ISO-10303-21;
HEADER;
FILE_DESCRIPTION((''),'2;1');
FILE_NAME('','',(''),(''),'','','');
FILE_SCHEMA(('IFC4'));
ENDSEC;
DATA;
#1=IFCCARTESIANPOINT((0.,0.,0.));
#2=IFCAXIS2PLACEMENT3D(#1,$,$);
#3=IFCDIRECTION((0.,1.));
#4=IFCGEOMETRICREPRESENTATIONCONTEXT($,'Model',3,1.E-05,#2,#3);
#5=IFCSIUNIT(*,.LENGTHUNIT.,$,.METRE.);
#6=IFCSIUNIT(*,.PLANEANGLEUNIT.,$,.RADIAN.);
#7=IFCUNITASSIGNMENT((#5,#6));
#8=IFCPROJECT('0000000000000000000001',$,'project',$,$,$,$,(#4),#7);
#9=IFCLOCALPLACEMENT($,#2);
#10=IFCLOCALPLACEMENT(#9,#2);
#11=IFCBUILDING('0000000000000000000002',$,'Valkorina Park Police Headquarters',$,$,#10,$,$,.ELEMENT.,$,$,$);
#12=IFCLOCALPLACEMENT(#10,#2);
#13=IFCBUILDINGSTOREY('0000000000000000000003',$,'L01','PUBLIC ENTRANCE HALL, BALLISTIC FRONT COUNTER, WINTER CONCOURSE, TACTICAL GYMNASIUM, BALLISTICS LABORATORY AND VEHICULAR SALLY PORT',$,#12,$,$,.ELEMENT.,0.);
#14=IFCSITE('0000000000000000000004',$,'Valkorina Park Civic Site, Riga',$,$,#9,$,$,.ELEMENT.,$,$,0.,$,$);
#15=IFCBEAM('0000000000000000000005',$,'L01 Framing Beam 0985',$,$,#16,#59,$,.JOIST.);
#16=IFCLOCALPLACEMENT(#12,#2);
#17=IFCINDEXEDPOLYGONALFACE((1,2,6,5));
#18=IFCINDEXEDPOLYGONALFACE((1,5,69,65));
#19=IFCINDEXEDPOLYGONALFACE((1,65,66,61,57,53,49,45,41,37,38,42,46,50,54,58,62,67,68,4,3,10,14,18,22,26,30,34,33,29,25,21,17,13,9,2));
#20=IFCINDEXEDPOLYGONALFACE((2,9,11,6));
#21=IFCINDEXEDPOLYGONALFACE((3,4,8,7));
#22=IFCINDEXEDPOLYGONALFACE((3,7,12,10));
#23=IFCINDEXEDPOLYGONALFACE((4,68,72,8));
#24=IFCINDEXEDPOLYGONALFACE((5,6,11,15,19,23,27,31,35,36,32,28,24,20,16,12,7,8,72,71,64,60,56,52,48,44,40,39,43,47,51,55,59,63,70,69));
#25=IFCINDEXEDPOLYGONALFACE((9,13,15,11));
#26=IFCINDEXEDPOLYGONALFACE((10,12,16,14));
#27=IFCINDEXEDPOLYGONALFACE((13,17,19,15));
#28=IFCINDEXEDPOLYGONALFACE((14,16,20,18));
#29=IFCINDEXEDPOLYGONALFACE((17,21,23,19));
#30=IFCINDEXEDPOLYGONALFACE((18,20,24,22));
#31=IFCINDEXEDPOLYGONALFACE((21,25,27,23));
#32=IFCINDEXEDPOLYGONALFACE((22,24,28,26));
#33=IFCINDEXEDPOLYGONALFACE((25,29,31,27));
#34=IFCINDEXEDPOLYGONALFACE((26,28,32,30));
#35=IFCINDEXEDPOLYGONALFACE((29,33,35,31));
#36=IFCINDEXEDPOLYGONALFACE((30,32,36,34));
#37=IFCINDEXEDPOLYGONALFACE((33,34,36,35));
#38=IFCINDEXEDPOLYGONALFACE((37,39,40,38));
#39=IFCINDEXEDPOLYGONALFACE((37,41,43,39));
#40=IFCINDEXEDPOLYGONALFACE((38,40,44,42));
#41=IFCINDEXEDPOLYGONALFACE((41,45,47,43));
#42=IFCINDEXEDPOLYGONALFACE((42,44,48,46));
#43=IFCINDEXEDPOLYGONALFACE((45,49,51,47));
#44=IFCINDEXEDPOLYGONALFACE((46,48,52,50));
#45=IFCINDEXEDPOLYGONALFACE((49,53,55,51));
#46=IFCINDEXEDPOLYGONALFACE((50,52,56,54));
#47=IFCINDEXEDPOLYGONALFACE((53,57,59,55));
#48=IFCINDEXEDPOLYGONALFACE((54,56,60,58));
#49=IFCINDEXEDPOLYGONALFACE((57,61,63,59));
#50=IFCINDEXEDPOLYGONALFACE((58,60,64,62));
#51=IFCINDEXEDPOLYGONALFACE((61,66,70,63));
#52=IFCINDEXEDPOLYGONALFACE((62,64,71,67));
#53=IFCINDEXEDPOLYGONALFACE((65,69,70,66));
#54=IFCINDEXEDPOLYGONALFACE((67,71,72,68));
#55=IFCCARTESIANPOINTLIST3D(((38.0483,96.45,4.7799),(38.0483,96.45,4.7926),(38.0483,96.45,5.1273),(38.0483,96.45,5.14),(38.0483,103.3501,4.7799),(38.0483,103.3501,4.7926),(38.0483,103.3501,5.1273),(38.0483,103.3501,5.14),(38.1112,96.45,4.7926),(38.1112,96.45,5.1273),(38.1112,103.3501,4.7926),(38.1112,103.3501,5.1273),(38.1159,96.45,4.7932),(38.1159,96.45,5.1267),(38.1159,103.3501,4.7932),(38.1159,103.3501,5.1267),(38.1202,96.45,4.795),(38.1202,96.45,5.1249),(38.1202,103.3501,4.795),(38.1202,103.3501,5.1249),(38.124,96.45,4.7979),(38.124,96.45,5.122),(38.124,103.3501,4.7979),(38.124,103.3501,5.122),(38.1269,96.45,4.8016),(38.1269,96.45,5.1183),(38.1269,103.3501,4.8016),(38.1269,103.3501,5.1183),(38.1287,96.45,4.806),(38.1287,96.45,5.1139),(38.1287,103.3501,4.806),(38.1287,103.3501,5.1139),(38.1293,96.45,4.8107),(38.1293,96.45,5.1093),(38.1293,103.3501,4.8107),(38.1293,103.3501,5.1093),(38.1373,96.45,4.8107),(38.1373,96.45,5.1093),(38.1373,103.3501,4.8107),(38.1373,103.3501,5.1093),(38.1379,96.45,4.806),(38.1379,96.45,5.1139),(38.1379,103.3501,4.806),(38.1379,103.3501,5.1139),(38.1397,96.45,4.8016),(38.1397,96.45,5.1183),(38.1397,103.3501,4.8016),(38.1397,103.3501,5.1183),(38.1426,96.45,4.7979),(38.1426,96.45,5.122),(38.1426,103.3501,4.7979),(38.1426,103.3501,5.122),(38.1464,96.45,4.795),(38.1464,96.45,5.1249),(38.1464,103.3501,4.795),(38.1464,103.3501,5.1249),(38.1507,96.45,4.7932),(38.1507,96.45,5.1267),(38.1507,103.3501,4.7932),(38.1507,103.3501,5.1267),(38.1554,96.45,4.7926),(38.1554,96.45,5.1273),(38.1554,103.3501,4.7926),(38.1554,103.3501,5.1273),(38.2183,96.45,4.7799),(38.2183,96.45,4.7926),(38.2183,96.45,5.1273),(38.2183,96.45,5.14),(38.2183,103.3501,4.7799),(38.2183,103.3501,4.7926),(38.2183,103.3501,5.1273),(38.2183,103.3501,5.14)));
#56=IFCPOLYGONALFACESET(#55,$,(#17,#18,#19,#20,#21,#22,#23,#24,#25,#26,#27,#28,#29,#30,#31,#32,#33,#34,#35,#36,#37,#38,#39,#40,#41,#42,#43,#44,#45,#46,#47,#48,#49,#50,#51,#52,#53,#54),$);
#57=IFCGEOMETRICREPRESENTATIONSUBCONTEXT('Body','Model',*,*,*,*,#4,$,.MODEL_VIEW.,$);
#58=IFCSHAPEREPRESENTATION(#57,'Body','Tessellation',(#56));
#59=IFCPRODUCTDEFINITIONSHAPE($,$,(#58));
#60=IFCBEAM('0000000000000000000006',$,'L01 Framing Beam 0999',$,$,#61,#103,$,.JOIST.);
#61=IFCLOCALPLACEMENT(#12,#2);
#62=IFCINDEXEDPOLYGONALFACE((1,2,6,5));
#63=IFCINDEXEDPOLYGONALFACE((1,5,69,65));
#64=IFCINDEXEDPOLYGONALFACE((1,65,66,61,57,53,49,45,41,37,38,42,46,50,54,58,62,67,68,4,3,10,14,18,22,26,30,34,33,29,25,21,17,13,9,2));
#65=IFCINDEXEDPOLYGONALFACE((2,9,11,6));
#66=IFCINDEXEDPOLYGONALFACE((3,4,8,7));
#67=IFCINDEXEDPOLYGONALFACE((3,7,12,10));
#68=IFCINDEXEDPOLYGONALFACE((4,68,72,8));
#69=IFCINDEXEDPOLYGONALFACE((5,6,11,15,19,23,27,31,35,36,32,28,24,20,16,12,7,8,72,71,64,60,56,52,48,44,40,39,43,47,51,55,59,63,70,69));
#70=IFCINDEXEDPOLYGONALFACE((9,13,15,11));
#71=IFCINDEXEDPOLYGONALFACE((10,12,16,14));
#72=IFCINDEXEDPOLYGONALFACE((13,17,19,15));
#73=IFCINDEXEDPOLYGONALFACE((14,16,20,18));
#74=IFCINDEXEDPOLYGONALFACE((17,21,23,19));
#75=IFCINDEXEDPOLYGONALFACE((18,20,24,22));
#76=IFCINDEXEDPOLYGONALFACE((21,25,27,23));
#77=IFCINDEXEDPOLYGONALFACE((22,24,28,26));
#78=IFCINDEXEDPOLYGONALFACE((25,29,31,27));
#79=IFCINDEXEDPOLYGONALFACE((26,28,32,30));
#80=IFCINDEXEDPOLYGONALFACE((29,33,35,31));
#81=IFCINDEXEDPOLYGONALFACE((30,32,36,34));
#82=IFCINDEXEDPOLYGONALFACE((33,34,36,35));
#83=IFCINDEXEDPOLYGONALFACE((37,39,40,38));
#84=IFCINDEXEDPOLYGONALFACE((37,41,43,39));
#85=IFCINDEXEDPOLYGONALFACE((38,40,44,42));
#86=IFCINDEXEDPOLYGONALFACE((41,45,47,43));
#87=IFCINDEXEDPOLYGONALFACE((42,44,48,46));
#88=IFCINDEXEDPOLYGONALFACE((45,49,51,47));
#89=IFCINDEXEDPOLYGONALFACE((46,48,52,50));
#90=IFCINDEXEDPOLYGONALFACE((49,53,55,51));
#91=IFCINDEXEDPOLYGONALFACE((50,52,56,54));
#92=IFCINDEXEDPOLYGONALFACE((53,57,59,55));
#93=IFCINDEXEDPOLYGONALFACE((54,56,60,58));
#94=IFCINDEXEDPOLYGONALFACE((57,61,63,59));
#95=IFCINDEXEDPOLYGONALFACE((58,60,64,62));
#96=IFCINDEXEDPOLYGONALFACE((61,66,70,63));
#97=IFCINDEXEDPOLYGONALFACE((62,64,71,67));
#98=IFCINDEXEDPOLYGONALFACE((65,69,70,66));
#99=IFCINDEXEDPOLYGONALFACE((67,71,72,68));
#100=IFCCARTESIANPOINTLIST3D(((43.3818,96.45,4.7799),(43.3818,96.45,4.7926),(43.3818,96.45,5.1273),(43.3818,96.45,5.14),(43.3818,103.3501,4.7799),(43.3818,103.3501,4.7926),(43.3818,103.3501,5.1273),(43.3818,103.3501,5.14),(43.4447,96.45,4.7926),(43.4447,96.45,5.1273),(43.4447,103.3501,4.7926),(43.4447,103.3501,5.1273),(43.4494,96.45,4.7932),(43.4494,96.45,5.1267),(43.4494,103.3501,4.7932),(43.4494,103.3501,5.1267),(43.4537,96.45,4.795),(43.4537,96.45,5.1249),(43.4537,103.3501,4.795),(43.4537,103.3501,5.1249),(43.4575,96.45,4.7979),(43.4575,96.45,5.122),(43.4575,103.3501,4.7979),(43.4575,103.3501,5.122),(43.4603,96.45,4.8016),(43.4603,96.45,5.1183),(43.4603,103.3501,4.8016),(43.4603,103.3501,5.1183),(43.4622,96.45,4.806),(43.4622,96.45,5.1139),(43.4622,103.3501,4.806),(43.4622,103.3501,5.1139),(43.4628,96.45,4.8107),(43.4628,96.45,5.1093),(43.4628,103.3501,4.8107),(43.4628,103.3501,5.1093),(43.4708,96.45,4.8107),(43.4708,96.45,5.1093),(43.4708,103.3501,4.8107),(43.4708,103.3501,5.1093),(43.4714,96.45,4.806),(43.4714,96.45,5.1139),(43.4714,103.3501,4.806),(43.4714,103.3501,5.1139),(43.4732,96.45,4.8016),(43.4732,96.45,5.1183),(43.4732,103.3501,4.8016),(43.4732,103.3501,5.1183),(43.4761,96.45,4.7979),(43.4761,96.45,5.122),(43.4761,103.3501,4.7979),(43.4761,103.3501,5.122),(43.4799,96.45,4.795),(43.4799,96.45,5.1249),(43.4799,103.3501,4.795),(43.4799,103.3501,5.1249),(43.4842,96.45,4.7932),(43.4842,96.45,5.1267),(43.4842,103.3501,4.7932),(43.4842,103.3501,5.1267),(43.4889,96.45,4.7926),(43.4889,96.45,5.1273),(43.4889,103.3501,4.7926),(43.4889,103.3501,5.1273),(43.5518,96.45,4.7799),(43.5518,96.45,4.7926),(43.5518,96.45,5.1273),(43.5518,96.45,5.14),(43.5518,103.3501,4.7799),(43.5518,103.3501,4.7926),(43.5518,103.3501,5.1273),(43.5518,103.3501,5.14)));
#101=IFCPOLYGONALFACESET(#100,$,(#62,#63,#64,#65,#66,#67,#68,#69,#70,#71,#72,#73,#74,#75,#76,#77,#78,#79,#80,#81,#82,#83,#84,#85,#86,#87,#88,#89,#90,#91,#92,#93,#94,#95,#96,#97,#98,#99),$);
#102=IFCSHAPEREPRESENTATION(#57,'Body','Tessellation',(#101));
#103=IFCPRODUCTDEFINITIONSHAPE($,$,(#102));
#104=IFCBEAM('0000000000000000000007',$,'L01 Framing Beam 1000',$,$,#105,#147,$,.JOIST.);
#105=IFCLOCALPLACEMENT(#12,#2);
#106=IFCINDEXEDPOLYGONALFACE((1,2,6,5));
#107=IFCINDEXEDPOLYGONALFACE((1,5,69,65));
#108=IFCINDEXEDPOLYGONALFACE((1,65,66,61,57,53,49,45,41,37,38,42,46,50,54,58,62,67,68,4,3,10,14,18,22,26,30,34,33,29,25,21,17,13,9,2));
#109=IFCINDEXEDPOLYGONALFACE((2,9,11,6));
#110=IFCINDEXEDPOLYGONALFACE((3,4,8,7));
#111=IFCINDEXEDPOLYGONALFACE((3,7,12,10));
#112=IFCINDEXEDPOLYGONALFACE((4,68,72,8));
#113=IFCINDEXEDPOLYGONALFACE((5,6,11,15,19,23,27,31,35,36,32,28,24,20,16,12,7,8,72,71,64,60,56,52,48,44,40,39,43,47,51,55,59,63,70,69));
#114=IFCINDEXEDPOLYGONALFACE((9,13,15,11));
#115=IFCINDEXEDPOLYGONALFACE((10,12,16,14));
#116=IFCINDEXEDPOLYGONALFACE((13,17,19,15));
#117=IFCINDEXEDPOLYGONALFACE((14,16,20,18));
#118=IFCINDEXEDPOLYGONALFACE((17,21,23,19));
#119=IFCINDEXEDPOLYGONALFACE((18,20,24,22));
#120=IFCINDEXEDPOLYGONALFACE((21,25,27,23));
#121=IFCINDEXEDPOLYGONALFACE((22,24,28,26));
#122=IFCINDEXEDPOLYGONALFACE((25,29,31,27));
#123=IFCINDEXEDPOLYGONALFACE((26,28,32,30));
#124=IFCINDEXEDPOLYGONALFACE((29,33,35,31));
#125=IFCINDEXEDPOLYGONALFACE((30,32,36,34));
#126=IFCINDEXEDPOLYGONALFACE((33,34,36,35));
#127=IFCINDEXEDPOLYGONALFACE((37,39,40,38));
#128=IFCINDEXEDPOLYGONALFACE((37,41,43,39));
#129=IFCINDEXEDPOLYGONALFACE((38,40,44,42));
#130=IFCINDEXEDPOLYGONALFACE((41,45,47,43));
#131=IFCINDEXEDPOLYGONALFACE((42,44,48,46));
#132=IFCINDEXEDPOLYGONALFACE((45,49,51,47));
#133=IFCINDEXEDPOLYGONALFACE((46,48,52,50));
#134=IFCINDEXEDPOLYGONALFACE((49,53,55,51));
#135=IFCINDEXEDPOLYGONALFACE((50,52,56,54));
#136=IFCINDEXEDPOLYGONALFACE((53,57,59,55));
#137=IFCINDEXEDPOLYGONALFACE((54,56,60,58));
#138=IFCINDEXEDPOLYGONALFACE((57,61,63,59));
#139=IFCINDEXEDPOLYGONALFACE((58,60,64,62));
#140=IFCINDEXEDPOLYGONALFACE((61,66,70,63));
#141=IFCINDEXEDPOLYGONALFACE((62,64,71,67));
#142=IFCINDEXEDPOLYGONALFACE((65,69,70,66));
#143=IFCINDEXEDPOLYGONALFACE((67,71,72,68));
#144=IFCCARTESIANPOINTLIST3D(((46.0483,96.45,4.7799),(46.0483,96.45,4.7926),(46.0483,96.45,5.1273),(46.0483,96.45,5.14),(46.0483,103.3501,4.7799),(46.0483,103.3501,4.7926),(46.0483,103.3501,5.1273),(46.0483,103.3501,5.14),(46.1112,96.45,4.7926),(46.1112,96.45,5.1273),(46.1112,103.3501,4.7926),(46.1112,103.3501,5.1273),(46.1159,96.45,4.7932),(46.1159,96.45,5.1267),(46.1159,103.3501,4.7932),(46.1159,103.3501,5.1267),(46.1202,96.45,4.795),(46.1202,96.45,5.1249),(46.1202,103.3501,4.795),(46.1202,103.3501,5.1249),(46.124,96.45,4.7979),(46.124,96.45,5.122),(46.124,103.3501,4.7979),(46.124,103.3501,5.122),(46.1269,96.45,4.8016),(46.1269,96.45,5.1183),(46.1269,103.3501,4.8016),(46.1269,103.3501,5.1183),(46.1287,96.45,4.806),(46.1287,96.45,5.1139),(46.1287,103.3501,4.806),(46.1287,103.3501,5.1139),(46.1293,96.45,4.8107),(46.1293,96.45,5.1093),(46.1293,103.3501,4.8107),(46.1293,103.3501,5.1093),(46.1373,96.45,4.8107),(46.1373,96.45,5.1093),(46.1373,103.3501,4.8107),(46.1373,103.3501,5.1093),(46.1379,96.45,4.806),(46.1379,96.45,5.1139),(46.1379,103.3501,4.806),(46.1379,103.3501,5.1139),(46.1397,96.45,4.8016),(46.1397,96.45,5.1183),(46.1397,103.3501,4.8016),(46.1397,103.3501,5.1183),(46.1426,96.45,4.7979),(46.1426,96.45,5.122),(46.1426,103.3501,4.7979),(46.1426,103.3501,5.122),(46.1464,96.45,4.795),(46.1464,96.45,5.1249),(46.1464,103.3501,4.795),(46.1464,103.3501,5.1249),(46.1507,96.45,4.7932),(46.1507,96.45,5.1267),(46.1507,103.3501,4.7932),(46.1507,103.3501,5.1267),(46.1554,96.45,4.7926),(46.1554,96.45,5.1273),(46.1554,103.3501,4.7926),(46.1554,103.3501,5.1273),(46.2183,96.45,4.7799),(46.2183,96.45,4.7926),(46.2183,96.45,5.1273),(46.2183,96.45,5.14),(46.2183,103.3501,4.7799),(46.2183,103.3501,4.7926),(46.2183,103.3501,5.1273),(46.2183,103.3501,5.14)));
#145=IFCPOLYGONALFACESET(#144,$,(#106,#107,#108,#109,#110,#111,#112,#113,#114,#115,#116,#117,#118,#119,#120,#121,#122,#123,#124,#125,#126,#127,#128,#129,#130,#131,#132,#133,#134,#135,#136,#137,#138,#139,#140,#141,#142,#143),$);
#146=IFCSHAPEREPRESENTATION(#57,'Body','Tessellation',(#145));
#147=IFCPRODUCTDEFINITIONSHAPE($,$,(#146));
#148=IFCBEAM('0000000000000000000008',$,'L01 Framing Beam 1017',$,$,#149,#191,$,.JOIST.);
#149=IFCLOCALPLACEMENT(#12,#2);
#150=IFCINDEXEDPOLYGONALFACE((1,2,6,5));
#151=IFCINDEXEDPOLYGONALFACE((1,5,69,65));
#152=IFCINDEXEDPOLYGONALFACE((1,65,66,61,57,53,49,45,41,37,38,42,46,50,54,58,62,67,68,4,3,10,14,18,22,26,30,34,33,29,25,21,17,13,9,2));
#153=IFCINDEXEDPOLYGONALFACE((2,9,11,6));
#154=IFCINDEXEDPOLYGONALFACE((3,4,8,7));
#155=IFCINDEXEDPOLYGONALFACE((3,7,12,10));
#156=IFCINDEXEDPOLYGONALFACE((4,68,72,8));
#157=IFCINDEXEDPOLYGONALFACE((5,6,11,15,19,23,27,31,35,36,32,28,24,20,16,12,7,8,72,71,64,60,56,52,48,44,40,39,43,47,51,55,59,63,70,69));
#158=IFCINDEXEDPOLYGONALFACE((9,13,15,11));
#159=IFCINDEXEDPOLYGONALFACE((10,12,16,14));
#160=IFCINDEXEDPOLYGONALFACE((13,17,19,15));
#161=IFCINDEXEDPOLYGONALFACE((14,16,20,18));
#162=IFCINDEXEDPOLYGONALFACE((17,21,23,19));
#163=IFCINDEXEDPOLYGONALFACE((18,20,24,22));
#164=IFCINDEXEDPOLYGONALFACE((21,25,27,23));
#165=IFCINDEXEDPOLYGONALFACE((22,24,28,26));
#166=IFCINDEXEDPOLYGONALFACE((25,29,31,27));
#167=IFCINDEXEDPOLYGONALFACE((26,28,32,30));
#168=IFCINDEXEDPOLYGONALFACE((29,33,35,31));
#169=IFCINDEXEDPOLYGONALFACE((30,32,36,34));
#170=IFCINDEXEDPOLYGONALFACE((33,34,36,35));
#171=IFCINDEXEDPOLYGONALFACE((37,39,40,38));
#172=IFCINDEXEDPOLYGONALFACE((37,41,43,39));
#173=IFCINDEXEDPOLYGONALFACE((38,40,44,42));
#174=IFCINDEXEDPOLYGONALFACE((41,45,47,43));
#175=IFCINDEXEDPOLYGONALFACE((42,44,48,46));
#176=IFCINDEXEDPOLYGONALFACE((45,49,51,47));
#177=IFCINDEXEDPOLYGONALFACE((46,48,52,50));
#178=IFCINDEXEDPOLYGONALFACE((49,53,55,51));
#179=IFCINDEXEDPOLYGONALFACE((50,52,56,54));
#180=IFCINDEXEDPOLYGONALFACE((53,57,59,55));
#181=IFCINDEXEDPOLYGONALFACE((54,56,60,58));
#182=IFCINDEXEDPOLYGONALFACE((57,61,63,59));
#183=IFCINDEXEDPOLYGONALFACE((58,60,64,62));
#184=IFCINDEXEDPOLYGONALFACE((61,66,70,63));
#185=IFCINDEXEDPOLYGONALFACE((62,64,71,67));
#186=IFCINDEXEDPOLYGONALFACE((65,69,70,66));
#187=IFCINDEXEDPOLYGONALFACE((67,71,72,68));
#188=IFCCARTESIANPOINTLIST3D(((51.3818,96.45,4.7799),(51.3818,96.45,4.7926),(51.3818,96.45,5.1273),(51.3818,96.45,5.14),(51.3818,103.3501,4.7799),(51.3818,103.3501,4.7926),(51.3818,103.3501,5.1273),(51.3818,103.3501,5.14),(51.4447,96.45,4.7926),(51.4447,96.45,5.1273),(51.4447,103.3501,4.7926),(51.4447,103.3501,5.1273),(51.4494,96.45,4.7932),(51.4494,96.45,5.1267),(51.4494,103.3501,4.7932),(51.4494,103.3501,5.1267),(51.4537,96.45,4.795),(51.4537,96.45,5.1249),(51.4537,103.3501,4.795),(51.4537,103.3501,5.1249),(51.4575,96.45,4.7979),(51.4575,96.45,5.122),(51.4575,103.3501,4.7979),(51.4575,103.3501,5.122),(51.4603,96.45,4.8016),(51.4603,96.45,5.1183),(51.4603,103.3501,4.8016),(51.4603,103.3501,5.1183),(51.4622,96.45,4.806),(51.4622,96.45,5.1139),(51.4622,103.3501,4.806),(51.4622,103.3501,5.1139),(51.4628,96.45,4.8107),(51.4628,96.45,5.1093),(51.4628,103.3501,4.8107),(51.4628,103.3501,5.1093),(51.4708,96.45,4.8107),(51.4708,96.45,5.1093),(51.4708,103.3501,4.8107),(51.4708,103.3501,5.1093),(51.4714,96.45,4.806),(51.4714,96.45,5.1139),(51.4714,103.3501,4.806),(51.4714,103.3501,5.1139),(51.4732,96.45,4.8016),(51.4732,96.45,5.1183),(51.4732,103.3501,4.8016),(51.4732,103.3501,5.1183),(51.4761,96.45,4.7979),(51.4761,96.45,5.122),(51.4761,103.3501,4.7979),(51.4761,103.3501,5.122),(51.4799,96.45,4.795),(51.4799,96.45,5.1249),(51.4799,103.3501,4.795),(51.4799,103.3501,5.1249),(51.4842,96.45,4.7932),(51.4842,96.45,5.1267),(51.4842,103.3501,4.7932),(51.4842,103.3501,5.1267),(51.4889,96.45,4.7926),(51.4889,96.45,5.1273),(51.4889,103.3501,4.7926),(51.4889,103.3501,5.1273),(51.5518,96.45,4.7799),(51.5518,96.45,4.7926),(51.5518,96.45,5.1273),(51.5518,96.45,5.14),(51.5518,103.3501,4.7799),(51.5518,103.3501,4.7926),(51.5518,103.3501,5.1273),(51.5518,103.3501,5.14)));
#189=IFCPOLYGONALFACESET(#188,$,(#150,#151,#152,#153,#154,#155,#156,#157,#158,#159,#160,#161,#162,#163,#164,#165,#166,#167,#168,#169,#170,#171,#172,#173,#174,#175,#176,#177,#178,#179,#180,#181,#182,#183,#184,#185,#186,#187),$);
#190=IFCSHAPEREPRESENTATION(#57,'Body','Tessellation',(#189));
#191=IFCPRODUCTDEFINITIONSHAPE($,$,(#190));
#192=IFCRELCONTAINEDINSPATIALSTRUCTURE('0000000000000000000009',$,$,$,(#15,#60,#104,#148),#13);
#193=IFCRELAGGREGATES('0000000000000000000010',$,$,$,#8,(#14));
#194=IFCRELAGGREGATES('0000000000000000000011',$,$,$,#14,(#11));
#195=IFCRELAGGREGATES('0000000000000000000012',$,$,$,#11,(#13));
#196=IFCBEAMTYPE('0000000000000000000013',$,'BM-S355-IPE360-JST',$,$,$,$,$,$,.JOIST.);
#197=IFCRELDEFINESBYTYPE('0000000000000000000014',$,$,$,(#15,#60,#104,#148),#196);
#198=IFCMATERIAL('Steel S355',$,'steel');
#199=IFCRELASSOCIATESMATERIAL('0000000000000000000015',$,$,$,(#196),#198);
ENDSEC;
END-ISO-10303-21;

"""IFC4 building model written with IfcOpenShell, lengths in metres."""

from ifc_helpers import new_model, si_unit, direction, frame, origin, origin_2d, place, context, subcontext, project, spatial, i_section, extrude, material, material_profile, profile_set, type_object, element, save


model = new_model("IFC4")

# Units and contexts
model_context = context("Model", 3, precision=1e-05, world=origin(), true_north=direction((0.0, 1.0)))
body_context = subcontext(model_context, "Body", "Model", "MODEL_VIEW")
ifc_project = project(units=[si_unit("LENGTHUNIT", "METRE"), si_unit("PLANEANGLEUNIT", "RADIAN")], contexts=[model_context])

# Site, building, storey
site_placement = place(None, origin())
site = spatial("IfcSite", under=ifc_project, at=site_placement, Name="Valkorina Park Civic Site, Riga", CompositionType="ELEMENT", RefElevation=0.0)
building_placement = place(site_placement, origin())
building = spatial("IfcBuilding", under=site, at=building_placement, Name="Valkorina Park Police Headquarters", CompositionType="ELEMENT")
storey_placement = place(building_placement, origin())
storey = spatial("IfcBuildingStorey", under=building, at=storey_placement, Name="L01", Description="PUBLIC ENTRANCE HALL, BALLISTIC FRONT COUNTER, WINTER CONCOURSE, TACTICAL GYMNASIUM, BALLISTICS LABORATORY AND VEHICULAR SALLY PORT", CompositionType="ELEMENT", Elevation=0.0)

# Beams
ifc_material_1 = material(Name="Steel S355", Category="steel")
ifc_material_profile_1 = material_profile(ifc_material_1, i_section(OverallWidth=0.1699, OverallDepth=0.3601, WebThickness=0.0081, FlangeThickness=0.0127, FilletRadius=0.0181, at=origin_2d()), Name="IPE 360")
ifc_profile_set_1 = profile_set([ifc_material_profile_1], Name="Steel S355")
beam_type_1 = type_object("IfcBeamType", Name="BM-S355-IPE360-JST", PredefinedType="JOIST", material=ifc_profile_set_1)
for number, where, z_axis, x_axis, name in (
    (1, (38.1333, 96.45, 4.96), (0.0, 1.0, 0.0), (-1.0, 0.0, 0.0), "L01 Framing Beam 0985"),
    (2, (43.4668, 96.45, 4.96), (0.0, 1.0, 0.0), (-1.0, 0.0, 0.0), "L01 Framing Beam 0999"),
    (3, (46.1333, 96.45, 4.96), (0.0, 1.0, 0.0), (-1.0, 0.0, 0.0), "L01 Framing Beam 1000"),
    (4, (51.4668, 96.45, 4.96), (0.0, 1.0, 0.0), (-1.0, 0.0, 0.0), "L01 Framing Beam 1017"),
):
    element("IfcBeam", number, at=place(storey_placement, frame(where, z_axis=z_axis, x_axis=x_axis)), inside=storey, type_object=beam_type_1, Name=name, PredefinedType="JOIST", context=body_context, shape_type="SweptSolid", body=[
        extrude(i_section(OverallWidth=0.1699, OverallDepth=0.3601, WebThickness=0.0081, FlangeThickness=0.0127, FilletRadius=0.0181, at=origin_2d()), origin(), (0.0, 0.0, 1.0), 6.9001),
    ])

save(model, "model.ifc")
